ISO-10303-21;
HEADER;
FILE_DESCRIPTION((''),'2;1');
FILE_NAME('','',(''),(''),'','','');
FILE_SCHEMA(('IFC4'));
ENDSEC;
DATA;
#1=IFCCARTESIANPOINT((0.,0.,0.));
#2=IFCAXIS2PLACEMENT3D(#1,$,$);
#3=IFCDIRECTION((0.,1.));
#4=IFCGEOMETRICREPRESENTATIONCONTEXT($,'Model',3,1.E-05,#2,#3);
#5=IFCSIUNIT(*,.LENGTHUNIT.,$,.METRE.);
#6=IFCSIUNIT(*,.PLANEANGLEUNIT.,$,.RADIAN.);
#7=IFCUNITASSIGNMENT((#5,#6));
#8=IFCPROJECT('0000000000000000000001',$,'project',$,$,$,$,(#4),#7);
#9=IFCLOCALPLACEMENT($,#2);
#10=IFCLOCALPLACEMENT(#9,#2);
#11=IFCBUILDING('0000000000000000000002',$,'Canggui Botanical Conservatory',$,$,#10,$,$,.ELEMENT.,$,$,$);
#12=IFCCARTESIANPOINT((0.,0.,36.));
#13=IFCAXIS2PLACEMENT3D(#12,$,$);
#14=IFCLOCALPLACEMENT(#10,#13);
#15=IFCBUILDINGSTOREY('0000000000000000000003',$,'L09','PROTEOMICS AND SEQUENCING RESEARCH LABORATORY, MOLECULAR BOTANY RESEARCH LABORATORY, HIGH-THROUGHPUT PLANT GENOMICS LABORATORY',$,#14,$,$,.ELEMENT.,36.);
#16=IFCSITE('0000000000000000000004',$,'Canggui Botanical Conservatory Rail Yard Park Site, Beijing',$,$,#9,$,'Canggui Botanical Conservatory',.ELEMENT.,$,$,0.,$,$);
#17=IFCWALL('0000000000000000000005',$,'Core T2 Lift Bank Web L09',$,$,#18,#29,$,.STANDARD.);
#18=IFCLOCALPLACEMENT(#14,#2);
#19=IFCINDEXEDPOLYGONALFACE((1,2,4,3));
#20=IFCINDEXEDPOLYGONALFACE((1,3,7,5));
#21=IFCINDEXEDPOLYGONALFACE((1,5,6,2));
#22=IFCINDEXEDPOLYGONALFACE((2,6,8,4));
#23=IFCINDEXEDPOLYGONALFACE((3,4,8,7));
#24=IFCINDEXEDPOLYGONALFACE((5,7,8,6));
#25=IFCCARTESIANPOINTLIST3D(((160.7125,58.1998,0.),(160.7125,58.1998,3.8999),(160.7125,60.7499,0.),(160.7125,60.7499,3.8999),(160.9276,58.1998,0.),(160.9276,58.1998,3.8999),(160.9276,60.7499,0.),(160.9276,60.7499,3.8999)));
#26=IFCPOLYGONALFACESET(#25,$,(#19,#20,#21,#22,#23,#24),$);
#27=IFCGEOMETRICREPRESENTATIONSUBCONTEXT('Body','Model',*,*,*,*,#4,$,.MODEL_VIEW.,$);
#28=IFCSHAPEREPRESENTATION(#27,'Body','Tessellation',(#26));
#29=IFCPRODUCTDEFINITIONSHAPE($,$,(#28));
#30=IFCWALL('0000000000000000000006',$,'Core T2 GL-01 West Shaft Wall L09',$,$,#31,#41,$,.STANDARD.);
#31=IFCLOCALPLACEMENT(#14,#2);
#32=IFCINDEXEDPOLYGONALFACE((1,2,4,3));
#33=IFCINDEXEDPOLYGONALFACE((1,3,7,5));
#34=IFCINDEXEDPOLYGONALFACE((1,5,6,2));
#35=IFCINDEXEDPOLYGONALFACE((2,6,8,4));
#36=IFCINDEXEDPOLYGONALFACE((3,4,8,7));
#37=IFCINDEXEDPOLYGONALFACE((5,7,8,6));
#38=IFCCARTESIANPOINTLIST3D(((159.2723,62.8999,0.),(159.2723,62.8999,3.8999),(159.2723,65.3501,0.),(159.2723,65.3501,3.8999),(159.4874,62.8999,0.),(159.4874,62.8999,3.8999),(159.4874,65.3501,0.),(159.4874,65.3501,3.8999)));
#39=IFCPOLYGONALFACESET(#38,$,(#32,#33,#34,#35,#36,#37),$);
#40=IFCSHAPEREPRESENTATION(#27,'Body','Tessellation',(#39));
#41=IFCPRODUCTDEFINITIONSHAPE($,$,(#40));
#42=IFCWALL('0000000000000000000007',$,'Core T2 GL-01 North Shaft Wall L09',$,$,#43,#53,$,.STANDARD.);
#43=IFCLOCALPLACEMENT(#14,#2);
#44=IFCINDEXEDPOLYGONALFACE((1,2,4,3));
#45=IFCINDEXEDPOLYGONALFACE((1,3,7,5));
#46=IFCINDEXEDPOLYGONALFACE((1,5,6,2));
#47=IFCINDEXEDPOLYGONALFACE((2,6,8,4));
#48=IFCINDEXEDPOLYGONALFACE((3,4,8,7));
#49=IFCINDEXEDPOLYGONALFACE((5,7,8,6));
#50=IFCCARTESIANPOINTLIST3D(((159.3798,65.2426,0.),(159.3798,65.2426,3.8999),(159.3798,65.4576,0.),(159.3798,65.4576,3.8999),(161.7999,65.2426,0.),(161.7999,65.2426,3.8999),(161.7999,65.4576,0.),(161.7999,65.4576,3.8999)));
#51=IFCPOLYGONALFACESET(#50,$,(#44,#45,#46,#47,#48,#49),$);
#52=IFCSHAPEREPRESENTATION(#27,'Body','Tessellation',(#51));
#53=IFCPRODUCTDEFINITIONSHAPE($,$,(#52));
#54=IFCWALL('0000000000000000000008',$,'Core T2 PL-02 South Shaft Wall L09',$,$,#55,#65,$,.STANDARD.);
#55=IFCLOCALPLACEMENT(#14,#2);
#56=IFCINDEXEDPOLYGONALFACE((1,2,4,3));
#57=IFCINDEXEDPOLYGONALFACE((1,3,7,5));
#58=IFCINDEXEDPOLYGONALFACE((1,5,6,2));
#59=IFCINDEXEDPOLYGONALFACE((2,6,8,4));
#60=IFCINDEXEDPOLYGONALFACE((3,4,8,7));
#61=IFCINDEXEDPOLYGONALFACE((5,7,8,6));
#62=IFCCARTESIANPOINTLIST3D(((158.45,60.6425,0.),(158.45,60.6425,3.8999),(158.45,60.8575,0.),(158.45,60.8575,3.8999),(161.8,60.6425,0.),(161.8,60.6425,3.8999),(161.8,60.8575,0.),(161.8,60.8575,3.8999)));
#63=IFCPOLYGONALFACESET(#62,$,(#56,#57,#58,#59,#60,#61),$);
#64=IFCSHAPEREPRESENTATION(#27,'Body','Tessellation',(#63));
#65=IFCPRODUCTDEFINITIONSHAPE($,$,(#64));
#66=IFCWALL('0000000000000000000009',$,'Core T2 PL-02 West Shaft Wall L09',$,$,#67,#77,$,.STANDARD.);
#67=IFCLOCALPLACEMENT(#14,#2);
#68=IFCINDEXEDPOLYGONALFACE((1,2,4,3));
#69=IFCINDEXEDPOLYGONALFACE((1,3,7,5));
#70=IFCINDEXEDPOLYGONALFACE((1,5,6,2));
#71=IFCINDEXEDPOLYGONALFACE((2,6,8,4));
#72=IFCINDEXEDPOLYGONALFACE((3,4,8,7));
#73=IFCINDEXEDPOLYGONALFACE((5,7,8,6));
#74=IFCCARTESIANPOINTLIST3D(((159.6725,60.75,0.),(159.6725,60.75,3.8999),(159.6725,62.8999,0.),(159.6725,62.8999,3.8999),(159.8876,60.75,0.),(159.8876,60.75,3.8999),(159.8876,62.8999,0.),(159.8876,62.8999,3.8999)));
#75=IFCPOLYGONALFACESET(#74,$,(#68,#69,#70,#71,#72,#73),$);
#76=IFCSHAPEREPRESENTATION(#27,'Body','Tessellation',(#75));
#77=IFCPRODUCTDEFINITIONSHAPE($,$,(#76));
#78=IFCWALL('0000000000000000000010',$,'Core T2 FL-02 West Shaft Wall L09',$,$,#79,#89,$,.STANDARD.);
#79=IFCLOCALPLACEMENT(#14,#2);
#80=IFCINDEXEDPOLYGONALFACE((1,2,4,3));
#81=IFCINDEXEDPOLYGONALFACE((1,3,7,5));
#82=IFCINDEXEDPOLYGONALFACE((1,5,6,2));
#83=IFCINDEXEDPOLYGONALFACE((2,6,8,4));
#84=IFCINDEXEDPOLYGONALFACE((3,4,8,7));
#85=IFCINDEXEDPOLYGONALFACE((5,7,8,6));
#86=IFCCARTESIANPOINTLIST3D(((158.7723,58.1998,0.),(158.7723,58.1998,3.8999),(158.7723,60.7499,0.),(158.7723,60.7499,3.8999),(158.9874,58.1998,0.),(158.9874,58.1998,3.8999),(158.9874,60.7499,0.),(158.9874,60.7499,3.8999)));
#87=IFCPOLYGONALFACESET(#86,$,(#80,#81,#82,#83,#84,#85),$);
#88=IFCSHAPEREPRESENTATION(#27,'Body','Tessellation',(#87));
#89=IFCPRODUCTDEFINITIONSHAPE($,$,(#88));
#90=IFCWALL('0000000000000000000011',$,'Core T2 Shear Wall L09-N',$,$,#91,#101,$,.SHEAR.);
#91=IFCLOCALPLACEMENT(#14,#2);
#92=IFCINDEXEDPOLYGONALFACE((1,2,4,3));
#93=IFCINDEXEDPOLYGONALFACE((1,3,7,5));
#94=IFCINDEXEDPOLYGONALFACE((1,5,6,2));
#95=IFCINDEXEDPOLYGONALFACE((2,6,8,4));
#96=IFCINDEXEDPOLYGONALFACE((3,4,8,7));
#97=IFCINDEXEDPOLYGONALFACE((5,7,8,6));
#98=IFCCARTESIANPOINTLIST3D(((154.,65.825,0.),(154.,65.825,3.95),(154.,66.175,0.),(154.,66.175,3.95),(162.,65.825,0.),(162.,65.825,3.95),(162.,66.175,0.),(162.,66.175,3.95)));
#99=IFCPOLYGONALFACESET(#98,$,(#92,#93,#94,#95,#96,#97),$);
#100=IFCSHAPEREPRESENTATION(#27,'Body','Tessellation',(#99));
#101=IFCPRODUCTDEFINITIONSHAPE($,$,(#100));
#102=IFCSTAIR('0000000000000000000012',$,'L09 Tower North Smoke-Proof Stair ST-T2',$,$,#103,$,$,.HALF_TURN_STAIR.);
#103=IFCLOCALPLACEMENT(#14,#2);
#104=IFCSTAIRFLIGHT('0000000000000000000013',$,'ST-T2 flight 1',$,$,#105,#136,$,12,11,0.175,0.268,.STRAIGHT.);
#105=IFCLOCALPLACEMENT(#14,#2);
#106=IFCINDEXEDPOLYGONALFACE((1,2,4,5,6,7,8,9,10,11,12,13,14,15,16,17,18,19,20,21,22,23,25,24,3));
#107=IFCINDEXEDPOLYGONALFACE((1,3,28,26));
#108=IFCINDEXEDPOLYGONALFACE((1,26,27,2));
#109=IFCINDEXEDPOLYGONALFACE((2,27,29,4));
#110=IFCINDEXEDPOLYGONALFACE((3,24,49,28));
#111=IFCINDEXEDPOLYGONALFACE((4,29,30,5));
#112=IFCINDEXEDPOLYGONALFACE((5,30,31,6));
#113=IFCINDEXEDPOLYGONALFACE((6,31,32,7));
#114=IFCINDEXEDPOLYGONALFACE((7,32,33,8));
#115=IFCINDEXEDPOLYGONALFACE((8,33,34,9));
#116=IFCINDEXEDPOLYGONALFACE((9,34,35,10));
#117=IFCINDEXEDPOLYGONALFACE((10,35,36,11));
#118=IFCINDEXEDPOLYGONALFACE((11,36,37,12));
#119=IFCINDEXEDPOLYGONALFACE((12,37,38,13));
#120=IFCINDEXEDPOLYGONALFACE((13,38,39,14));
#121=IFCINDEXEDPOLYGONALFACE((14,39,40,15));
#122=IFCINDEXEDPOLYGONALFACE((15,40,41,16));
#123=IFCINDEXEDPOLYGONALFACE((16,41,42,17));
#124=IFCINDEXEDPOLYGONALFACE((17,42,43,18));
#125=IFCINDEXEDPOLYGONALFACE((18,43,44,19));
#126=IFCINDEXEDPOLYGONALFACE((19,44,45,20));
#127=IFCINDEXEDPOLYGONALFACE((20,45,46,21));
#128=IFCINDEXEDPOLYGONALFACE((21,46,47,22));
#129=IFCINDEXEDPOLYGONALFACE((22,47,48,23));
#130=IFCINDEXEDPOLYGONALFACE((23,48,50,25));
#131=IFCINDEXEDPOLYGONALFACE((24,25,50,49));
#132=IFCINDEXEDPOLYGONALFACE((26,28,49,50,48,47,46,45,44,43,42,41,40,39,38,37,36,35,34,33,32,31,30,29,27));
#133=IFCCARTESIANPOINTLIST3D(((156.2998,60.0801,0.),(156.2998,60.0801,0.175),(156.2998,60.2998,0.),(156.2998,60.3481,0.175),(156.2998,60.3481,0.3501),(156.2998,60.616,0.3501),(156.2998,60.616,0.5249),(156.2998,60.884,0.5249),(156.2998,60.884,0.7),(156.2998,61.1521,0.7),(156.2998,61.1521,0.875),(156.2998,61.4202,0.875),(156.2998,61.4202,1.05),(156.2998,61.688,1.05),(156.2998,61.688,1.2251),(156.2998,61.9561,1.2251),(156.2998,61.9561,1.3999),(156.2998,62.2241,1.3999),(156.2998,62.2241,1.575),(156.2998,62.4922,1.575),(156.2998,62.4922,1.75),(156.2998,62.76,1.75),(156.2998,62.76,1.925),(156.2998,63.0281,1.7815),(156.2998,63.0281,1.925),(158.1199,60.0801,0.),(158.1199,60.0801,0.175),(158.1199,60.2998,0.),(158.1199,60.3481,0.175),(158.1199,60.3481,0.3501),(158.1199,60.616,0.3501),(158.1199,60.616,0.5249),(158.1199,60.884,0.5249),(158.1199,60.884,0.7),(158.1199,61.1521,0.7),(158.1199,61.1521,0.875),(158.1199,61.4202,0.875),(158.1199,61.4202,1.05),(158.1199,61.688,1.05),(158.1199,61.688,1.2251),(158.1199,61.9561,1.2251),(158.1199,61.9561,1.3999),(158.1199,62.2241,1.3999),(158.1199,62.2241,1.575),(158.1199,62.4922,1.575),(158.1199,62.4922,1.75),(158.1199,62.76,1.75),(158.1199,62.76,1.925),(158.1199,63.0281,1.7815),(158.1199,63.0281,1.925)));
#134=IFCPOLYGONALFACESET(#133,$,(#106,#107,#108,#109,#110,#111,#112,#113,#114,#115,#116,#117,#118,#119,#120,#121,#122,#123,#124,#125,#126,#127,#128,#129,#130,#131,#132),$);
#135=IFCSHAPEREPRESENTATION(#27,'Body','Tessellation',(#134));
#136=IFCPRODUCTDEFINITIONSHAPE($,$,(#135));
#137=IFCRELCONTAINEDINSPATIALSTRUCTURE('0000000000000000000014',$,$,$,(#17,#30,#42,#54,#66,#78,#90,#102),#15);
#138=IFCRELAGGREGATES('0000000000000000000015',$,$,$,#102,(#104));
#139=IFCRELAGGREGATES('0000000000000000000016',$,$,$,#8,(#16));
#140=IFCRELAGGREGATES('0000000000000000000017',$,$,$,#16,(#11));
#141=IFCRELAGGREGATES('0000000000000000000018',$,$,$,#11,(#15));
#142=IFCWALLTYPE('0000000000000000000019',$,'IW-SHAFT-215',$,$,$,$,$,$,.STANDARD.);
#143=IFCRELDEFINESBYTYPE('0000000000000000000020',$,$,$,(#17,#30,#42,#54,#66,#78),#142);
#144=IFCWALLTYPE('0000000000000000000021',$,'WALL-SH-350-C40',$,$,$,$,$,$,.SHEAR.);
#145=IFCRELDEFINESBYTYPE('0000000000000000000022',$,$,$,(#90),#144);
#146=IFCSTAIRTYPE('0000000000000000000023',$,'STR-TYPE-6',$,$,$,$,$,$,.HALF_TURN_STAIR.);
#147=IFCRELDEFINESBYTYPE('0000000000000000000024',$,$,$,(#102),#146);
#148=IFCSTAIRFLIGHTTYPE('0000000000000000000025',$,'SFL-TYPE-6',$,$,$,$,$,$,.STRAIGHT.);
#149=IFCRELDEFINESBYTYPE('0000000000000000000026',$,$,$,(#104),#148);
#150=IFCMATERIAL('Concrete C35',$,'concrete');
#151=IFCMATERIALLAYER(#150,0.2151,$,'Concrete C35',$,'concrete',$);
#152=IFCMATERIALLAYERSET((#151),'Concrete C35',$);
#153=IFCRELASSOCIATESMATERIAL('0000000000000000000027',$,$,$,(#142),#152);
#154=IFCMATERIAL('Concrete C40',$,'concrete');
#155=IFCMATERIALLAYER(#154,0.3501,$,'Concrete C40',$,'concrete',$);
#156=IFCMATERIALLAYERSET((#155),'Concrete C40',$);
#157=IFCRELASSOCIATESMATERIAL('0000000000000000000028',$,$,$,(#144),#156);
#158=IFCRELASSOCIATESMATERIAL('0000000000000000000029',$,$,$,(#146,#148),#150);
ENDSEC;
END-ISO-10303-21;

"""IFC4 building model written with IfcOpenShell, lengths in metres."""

from ifc_helpers import new_model, si_unit, direction, frame, frame_2d, origin, place, context, subcontext, project, spatial, polyline, rectangle, outline, extrude, material, layer, layer_set, type_object, element, aggregate, save


model = new_model("IFC4")

# Units and contexts
model_context = context("Model", 3, precision=1e-05, world=origin(), true_north=direction((0.0, 1.0)))
body_context = subcontext(model_context, "Body", "Model", "MODEL_VIEW")
ifc_project = project(units=[si_unit("LENGTHUNIT", "METRE"), si_unit("PLANEANGLEUNIT", "RADIAN")], contexts=[model_context])

# Site, building, storey
site_placement = place(None, origin())
site = spatial("IfcSite", under=ifc_project, at=site_placement, Name="Canggui Botanical Conservatory Rail Yard Park Site, Beijing", LongName="Canggui Botanical Conservatory", CompositionType="ELEMENT", RefElevation=0.0)
building_placement = place(site_placement, origin())
building = spatial("IfcBuilding", under=site, at=building_placement, Name="Canggui Botanical Conservatory", CompositionType="ELEMENT")
storey_placement = place(building_placement, frame((0.0, 0.0, 36.0)))
storey = spatial("IfcBuildingStorey", under=building, at=storey_placement, Name="L09", Description="PROTEOMICS AND SEQUENCING RESEARCH LABORATORY, MOLECULAR BOTANY RESEARCH LABORATORY, HIGH-THROUGHPUT PLANT GENOMICS LABORATORY", CompositionType="ELEMENT", Elevation=36.0)

# Shared definitions
ifc_material_1 = material(Name="Concrete C40", Category="concrete")

# Shared definitions
ifc_material_2 = material(Name="Concrete C35", Category="concrete")

# Walls
ifc_layer_1 = layer(ifc_material_2, 0.2151, Name="Concrete C35", Category="concrete")
ifc_layer_set_1 = layer_set([ifc_layer_1], Name="Concrete C35")
wall_type_1 = type_object("IfcWallType", Name="IW-SHAFT-215", PredefinedType="STANDARD", material=ifc_layer_set_1)
wall_1_placement = place(storey_placement, frame((160.8201, 58.2, 0.0), z_axis=(0.0, 0.0, 1.0), x_axis=(0.0, 1.0, 0.0)))
element("IfcWall", 1, at=wall_1_placement, inside=storey, type_object=wall_type_1, Name="Core T2 Lift Bank Web L09", PredefinedType="STANDARD", context=body_context, shape_type="SweptSolid", body=[
    extrude(rectangle(XDim=2.55, YDim=0.2151, at=frame_2d((1.2749, 0.0))), origin(), (0.0, 0.0, 1.0), 3.8999),
])
wall_2_placement = place(storey_placement, frame((159.3799, 62.8999, 0.0), z_axis=(0.0, 0.0, 1.0), x_axis=(0.0, 1.0, 0.0)))
element("IfcWall", 2, at=wall_2_placement, inside=storey, type_object=wall_type_1, Name="Core T2 GL-01 West Shaft Wall L09", PredefinedType="STANDARD", context=body_context, shape_type="SweptSolid", body=[
    extrude(rectangle(XDim=2.4502, YDim=0.2151, at=frame_2d((1.2251, 0.0))), origin(), (0.0, 0.0, 1.0), 3.8999),
])
wall_3_placement = place(storey_placement, frame((159.3799, 65.3501, 0.0), z_axis=(0.0, 0.0, 1.0), x_axis=(1.0, 0.0, 0.0)))
element("IfcWall", 3, at=wall_3_placement, inside=storey, type_object=wall_type_1, Name="Core T2 GL-01 North Shaft Wall L09", PredefinedType="STANDARD", context=body_context, shape_type="SweptSolid", body=[
    extrude(rectangle(XDim=2.4202, YDim=0.2151, at=frame_2d((1.21, 0.0))), origin(), (0.0, 0.0, 1.0), 3.8999),
])
wall_4_placement = place(storey_placement, frame((158.45, 60.75, 0.0), z_axis=(0.0, 0.0, 1.0), x_axis=(1.0, 0.0, 0.0)))
element("IfcWall", 4, at=wall_4_placement, inside=storey, type_object=wall_type_1, Name="Core T2 PL-02 South Shaft Wall L09", PredefinedType="STANDARD", context=body_context, shape_type="SweptSolid", body=[
    extrude(rectangle(XDim=3.3501, YDim=0.2151, at=frame_2d((1.675, 0.0))), origin(), (0.0, 0.0, 1.0), 3.8999),
])
wall_5_placement = place(storey_placement, frame((159.78, 60.75, 0.0), z_axis=(0.0, 0.0, 1.0), x_axis=(0.0, 1.0, 0.0)))
element("IfcWall", 5, at=wall_5_placement, inside=storey, type_object=wall_type_1, Name="Core T2 PL-02 West Shaft Wall L09", PredefinedType="STANDARD", context=body_context, shape_type="SweptSolid", body=[
    extrude(rectangle(XDim=2.1499, YDim=0.2151, at=frame_2d((1.075, 0.0))), origin(), (0.0, 0.0, 1.0), 3.8999),
])
wall_6_placement = place(storey_placement, frame((158.8799, 58.2, 0.0), z_axis=(0.0, 0.0, 1.0), x_axis=(0.0, 1.0, 0.0)))
element("IfcWall", 6, at=wall_6_placement, inside=storey, type_object=wall_type_1, Name="Core T2 FL-02 West Shaft Wall L09", PredefinedType="STANDARD", context=body_context, shape_type="SweptSolid", body=[
    extrude(rectangle(XDim=2.55, YDim=0.2151, at=frame_2d((1.2749, 0.0))), origin(), (0.0, 0.0, 1.0), 3.8999),
])
ifc_layer_2 = layer(ifc_material_1, 0.3501, Name="Concrete C40", Category="concrete")
ifc_layer_set_2 = layer_set([ifc_layer_2], Name="Concrete C40")
wall_type_2 = type_object("IfcWallType", Name="WALL-SH-350-C40", PredefinedType="SHEAR", material=ifc_layer_set_2)
wall_7_placement = place(storey_placement, frame((162.0, 66.0, 0.0), z_axis=(0.0, 0.0, 1.0), x_axis=(-1.0, 0.0, 0.0)))
element("IfcWall", 7, at=wall_7_placement, inside=storey, type_object=wall_type_2, Name="Core T2 Shear Wall L09-N", PredefinedType="SHEAR", context=body_context, shape_type="SweptSolid", body=[
    extrude(rectangle(XDim=8.0, YDim=0.3501, at=frame_2d((4.0, 0.0))), origin(), (0.0, 0.0, 1.0), 3.95),
])

# Stair, stair flight
stair_type = type_object("IfcStairType", Name="STR-TYPE-6", PredefinedType="HALF_TURN_STAIR", material=ifc_material_2)
stair_placement = place(storey_placement, origin())
stair = element("IfcStair", 8, at=stair_placement, inside=storey, type_object=stair_type, Name="L09 Tower North Smoke-Proof Stair ST-T2", PredefinedType="HALF_TURN_STAIR")
stair_flight_type = type_object("IfcStairFlightType", Name="SFL-TYPE-6", PredefinedType="STRAIGHT", material=ifc_material_2)
stair_flight_placement = place(storey_placement, frame((157.21, 60.0801, 0.0), z_axis=(0.0, 0.0, 1.0), x_axis=(0.0, 1.0, 0.0)))
stair_flight = element("IfcStairFlight", 9, at=stair_flight_placement, type_object=stair_flight_type, Name="ST-T2 flight 1", NumberOfRisers=12, NumberOfTreads=11, PredefinedType="STRAIGHT", RiserHeight=0.175, TreadLength=0.268, context=body_context, shape_type="SweptSolid", body=[
    extrude(outline(polyline([(0.0, 0.0), (0.0, 0.175), (0.2681, 0.175), (0.2681, 0.3501), (0.5359, 0.3501), (0.5359, 0.5249), (0.804, 0.5249), (0.804, 0.7), (1.072, 0.7), (1.072, 0.875), (1.3401, 0.875), (1.3401, 1.05), (1.6079, 1.05), (1.6079, 1.2251), (1.876, 1.2251), (1.876, 1.3999), (2.144, 1.3999), (2.144, 1.575), (2.4121, 1.575), (2.4121, 1.75), (2.6799, 1.75), (2.6799, 1.925), (2.948, 1.925), (2.948, 2.1001), (2.948, 1.7815), (0.2197, 0.0), (0.0, 0.0)])), frame((0.0, 0.9102, 0.0), z_axis=(0.0, -1.0, 0.0), x_axis=(1.0, 0.0, 0.0)), (0.0, 0.0, 1.0), 1.8201),
])
aggregate(stair, [stair_flight])

save(model, "model.ifc")
